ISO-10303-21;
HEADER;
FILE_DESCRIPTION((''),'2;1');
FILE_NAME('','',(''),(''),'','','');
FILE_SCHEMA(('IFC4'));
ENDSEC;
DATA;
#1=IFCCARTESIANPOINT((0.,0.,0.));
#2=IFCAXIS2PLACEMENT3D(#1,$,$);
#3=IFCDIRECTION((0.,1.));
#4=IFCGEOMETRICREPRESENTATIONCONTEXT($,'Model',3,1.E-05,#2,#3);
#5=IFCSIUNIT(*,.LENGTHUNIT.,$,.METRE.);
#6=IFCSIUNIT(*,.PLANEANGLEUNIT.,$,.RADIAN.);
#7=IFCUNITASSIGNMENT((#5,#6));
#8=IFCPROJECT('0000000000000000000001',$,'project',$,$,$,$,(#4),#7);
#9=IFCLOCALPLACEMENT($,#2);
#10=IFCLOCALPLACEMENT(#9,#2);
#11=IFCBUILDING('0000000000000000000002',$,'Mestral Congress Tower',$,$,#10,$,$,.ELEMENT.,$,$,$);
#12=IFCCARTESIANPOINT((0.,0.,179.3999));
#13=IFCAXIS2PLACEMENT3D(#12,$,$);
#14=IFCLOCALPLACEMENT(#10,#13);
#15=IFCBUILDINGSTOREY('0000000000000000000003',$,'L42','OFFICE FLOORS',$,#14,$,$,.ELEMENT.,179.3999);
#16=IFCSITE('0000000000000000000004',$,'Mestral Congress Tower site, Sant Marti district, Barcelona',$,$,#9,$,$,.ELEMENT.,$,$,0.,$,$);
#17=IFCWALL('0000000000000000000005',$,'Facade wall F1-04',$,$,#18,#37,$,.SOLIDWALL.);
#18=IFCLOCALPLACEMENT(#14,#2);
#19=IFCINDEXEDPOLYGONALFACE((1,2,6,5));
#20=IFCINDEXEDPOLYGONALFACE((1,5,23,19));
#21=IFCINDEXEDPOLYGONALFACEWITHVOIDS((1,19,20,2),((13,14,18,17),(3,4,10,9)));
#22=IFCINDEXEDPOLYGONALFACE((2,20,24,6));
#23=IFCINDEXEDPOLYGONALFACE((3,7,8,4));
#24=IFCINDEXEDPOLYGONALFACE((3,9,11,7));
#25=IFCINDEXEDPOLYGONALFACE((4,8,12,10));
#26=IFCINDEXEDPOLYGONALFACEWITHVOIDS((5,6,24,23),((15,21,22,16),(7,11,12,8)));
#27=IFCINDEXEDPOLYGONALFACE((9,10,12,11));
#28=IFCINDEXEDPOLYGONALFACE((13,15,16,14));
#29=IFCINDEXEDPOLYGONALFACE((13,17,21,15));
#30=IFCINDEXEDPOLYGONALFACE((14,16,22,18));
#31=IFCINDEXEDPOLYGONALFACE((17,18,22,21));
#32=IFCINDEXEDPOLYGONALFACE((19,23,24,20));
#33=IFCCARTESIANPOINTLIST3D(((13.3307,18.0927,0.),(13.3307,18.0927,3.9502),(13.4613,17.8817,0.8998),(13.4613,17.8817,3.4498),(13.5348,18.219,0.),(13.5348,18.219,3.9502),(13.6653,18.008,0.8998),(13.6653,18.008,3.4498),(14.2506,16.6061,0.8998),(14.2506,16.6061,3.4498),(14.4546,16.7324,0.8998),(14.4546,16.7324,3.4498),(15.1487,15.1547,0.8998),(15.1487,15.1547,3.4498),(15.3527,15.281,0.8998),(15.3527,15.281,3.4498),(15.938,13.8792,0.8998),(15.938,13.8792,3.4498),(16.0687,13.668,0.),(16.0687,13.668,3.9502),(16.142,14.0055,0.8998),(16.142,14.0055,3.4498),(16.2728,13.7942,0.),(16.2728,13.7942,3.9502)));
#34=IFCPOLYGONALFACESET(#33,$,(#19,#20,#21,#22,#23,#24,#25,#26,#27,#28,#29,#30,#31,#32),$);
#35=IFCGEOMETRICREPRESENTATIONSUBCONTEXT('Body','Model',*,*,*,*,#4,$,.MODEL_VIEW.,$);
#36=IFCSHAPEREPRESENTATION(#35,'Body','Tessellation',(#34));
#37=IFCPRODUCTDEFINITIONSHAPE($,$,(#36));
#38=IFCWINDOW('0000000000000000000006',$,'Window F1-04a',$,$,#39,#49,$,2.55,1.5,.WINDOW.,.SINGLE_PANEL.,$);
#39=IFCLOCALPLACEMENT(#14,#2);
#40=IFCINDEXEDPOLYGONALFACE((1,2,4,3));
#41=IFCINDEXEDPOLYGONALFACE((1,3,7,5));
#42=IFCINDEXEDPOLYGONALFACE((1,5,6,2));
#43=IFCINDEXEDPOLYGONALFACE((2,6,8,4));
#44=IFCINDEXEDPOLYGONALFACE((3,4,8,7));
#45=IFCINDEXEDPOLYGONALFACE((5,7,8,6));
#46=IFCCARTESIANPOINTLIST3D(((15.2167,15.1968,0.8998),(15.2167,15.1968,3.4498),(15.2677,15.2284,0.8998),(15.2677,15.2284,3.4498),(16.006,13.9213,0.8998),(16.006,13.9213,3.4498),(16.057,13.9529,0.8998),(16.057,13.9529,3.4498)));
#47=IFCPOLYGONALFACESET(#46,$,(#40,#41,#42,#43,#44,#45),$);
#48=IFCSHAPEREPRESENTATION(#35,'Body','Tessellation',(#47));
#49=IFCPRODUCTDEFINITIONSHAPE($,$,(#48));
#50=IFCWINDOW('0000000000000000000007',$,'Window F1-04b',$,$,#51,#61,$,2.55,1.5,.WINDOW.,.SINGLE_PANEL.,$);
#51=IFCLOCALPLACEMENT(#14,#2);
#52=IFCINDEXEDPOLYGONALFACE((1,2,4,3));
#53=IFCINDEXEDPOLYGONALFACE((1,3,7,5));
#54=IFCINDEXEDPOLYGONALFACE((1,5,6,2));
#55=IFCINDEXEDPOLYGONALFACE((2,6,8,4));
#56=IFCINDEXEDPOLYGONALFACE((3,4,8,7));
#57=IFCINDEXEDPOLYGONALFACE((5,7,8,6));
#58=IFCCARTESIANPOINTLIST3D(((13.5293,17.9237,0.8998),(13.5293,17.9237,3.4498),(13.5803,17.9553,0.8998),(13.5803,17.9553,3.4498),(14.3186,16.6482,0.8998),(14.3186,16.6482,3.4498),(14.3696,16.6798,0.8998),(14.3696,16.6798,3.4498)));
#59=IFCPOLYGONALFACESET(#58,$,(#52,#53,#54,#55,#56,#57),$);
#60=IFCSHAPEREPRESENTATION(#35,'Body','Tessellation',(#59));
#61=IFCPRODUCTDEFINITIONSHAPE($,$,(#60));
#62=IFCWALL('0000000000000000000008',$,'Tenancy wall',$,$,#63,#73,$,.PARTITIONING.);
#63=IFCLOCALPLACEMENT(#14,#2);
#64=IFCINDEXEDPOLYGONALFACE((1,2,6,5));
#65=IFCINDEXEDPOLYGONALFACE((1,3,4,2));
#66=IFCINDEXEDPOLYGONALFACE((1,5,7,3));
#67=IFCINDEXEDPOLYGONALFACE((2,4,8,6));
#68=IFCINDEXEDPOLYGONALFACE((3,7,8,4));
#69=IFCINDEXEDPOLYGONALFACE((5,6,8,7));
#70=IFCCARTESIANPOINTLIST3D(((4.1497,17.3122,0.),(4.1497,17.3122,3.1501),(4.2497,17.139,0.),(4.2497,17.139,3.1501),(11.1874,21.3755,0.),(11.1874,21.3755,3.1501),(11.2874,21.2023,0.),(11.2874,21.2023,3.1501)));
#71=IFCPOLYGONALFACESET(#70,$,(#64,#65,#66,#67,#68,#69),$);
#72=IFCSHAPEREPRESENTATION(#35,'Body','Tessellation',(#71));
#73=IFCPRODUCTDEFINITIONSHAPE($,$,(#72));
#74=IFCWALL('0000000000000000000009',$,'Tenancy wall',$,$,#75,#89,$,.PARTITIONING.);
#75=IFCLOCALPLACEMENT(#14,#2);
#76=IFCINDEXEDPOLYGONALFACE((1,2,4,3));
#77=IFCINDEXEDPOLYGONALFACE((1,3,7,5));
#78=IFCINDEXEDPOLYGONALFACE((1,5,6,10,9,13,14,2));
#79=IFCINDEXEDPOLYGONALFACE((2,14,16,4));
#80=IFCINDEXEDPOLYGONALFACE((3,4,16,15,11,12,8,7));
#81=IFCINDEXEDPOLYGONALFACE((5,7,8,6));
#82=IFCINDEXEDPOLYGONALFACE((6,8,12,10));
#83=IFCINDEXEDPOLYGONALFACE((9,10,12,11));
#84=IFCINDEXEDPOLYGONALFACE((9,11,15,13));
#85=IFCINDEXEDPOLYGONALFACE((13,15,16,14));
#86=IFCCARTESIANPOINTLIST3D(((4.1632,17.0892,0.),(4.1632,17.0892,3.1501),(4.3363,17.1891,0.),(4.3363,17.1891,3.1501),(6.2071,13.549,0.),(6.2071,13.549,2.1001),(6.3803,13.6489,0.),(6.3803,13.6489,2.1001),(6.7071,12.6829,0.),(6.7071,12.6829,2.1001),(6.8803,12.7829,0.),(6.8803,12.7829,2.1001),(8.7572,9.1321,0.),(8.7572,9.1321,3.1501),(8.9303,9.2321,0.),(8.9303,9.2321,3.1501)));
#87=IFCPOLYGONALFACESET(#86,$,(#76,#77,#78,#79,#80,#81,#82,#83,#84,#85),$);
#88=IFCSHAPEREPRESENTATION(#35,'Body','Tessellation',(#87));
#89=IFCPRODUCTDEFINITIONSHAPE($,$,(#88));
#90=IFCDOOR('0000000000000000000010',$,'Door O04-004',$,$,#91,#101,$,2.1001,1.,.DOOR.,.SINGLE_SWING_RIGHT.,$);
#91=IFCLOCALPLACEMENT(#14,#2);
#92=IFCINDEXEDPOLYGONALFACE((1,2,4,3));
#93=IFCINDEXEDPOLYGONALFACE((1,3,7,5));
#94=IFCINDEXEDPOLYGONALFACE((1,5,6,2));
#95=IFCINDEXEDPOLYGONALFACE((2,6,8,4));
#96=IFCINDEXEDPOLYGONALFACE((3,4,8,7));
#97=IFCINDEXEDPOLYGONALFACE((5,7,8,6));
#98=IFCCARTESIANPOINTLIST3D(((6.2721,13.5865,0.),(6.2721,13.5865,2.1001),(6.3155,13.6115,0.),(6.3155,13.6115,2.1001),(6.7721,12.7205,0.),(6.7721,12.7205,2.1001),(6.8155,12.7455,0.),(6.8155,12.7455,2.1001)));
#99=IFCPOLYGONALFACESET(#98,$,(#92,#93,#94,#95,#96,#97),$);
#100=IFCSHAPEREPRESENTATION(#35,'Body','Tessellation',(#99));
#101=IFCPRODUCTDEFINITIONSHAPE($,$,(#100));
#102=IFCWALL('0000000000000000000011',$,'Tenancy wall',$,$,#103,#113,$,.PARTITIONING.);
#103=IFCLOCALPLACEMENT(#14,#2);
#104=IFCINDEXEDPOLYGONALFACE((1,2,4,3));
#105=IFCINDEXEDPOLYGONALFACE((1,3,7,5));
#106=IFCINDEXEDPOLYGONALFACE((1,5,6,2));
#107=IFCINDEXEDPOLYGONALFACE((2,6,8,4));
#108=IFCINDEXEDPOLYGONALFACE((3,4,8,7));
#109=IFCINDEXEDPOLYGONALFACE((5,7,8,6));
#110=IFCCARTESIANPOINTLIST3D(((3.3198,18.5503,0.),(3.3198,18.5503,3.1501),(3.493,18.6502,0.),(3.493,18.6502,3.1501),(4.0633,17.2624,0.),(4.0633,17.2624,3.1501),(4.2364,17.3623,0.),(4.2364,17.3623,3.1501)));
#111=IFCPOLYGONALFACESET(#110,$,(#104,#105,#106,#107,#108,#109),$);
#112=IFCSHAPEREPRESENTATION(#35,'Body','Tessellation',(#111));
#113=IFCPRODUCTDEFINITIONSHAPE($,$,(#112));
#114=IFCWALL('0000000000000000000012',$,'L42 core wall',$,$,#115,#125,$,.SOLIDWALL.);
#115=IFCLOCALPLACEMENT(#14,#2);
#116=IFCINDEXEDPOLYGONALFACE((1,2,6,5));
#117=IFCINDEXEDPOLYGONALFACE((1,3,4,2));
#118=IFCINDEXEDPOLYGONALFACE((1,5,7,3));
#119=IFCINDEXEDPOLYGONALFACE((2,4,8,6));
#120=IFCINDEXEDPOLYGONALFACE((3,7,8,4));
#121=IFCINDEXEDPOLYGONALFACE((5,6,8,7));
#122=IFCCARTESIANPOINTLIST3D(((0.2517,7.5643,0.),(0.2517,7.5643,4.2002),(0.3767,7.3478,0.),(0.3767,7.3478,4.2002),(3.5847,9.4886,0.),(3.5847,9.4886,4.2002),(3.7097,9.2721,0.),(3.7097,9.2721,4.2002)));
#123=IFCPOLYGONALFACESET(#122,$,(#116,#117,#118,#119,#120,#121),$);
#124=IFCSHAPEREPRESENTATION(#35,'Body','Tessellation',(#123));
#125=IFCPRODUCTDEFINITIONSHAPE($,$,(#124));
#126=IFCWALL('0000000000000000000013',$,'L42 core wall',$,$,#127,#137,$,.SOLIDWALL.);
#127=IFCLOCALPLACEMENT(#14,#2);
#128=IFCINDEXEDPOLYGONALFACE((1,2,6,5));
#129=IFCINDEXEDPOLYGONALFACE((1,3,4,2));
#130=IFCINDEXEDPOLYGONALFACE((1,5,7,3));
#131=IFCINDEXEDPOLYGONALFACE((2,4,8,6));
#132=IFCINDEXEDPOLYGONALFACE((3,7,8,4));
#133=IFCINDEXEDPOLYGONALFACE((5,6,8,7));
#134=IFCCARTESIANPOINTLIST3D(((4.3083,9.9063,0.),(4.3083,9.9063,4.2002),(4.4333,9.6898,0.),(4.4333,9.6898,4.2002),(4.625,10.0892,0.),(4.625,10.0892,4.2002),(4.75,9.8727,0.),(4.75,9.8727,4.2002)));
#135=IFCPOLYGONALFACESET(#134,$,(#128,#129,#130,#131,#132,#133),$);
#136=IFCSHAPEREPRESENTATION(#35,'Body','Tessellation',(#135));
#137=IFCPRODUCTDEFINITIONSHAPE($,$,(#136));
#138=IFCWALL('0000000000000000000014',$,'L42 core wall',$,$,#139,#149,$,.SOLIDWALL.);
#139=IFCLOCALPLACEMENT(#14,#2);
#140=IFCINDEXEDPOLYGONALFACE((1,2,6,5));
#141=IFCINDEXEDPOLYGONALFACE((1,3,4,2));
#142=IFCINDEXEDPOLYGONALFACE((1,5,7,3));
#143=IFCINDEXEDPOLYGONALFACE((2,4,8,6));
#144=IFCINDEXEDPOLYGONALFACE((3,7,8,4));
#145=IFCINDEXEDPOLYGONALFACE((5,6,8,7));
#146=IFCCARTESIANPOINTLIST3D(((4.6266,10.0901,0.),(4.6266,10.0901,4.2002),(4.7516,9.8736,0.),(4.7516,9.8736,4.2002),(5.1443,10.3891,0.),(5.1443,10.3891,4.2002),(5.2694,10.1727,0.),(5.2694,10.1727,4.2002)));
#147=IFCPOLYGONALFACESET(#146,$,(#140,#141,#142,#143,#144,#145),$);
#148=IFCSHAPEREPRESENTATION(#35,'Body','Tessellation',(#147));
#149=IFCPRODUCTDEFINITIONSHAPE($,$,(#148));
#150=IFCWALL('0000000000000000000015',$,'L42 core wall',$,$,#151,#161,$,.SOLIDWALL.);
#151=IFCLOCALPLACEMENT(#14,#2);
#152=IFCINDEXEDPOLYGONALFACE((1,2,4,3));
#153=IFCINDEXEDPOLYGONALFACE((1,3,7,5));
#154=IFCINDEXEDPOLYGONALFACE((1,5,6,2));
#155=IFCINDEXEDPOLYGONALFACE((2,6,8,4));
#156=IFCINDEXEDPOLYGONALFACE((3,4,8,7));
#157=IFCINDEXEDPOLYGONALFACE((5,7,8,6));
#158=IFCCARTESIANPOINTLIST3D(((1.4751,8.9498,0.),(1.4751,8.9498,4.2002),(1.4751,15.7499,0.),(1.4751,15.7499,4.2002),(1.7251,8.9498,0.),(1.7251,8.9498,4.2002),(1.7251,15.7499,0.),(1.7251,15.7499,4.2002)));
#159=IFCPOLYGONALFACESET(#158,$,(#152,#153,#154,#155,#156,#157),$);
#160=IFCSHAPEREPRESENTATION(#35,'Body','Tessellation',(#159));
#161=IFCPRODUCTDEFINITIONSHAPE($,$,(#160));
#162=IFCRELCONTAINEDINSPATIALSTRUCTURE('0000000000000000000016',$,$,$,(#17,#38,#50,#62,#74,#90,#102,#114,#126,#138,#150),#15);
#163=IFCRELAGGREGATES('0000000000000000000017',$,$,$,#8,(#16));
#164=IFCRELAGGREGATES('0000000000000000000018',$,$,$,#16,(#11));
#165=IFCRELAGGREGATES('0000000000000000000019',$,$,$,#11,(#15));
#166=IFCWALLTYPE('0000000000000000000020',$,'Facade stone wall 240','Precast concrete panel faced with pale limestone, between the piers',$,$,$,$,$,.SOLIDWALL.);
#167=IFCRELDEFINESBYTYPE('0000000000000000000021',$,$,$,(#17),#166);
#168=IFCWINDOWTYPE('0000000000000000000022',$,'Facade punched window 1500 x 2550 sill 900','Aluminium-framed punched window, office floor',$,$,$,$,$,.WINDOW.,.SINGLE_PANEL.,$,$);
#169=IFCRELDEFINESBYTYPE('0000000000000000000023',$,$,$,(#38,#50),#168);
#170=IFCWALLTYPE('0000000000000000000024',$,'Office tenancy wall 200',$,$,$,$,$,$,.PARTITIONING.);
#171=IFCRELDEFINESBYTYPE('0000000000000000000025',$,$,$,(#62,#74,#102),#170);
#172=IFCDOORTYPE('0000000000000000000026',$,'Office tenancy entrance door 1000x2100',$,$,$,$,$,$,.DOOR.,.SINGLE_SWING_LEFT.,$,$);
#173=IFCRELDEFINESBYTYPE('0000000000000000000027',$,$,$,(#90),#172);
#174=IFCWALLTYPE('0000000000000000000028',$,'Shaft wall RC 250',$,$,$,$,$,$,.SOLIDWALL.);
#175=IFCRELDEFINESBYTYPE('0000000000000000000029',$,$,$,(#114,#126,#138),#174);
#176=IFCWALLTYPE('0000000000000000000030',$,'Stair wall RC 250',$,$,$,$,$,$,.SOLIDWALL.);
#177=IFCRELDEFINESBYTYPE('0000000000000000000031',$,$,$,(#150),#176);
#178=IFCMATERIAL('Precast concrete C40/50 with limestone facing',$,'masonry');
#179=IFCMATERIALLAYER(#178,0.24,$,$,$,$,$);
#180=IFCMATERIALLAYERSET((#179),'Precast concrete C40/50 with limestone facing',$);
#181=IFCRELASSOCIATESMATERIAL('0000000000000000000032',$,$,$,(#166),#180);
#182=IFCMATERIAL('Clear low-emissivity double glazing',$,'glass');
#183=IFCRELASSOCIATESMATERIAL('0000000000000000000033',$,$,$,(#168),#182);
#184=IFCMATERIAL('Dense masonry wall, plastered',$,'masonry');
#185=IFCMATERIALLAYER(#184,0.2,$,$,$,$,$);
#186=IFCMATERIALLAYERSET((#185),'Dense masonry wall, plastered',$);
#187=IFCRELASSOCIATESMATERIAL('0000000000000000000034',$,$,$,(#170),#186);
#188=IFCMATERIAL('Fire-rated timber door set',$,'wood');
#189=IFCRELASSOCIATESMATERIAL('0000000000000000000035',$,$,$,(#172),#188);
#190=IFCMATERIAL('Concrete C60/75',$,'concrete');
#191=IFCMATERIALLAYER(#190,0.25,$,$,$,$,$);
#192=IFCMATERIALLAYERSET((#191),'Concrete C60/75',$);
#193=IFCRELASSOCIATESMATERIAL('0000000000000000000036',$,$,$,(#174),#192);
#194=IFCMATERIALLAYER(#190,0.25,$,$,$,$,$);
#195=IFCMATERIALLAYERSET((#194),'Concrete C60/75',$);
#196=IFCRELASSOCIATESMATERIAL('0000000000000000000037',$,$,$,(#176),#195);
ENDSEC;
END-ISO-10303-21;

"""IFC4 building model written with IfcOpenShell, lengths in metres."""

from ifc_helpers import new_model, si_unit, direction, frame, frame_2d, origin, place, context, subcontext, project, spatial, rectangle, extrude, material, layer, layer_set, type_object, element, fill, save


model = new_model("IFC4")

# Units and contexts
model_context = context("Model", 3, precision=1e-05, world=origin(), true_north=direction((0.0, 1.0)))
body_context = subcontext(model_context, "Body", "Model", "MODEL_VIEW")
ifc_project = project(units=[si_unit("LENGTHUNIT", "METRE"), si_unit("PLANEANGLEUNIT", "RADIAN")], contexts=[model_context])

# Site, building, storey
site_placement = place(None, origin())
site = spatial("IfcSite", under=ifc_project, at=site_placement, Name="Mestral Congress Tower site, Sant Marti district, Barcelona", CompositionType="ELEMENT", RefElevation=0.0)
building_placement = place(site_placement, origin())
building = spatial("IfcBuilding", under=site, at=building_placement, Name="Mestral Congress Tower", CompositionType="ELEMENT")
storey_placement = place(building_placement, frame((0.0, 0.0, 179.3999)))
storey = spatial("IfcBuildingStorey", under=building, at=storey_placement, Name="L42", Description="OFFICE FLOORS", CompositionType="ELEMENT", Elevation=179.3999)

# Shared definitions
ifc_material_1 = material(Name="Concrete C60/75", Category="concrete")

# Wall, openings, windows
ifc_material_2 = material(Name="Precast concrete C40/50 with limestone facing", Category="masonry")
ifc_layer_1 = layer(ifc_material_2, 0.24)
ifc_layer_set_1 = layer_set([ifc_layer_1], Name="Precast concrete C40/50 with limestone facing")
wall_type_1 = type_object("IfcWallType", Name="Facade stone wall 240", Description="Precast concrete panel faced with pale limestone, between the piers", PredefinedType="SOLIDWALL", material=ifc_layer_set_1)
wall_1_placement = place(storey_placement, frame((16.1707, 13.7312, 0.0), z_axis=(0.0, 0.0, 1.0), x_axis=(-0.526198, 0.850362, 0.0)))
wall_1 = element("IfcWall", 1, at=wall_1_placement, inside=storey, type_object=wall_type_1, Name="Facade wall F1-04", PredefinedType="SOLIDWALL", context=body_context, shape_type="SweptSolid", body=[
    extrude(rectangle(XDim=5.2034, YDim=0.24, at=frame_2d((2.6016, 0.0))), origin(), (0.0, 0.0, 1.0), 3.9502),
])
opening_1_placement = place(wall_1_placement, frame((0.2483, 0.0, 0.8999)))
opening_1 = element("IfcOpeningElement", 2, at=opening_1_placement, cuts=wall_1, PredefinedType="OPENING", context=body_context, shape_type="SweptSolid", body=[
    extrude(rectangle(XDim=1.5, YDim=2.55, at=frame_2d((0.75, 1.2749))), frame((0.0, 0.1299, 0.0), z_axis=(0.0, -1.0, 0.0), x_axis=(1.0, 0.0, 0.0)), (0.0, 0.0, 1.0), 0.26),
])
opening_2_placement = place(wall_1_placement, frame((3.4551, 0.0, 0.8999)))
opening_2 = element("IfcOpeningElement", 3, at=opening_2_placement, cuts=wall_1, PredefinedType="OPENING", context=body_context, shape_type="SweptSolid", body=[
    extrude(rectangle(XDim=1.5, YDim=2.55, at=frame_2d((0.75, 1.2749))), frame((0.0, 0.1299, 0.0), z_axis=(0.0, -1.0, 0.0), x_axis=(1.0, 0.0, 0.0)), (0.0, 0.0, 1.0), 0.26),
])
ifc_material_3 = material(Name="Clear low-emissivity double glazing", Category="glass")
window_type = type_object("IfcWindowType", Name="Facade punched window 1500 x 2550 sill 900", Description="Aluminium-framed punched window, office floor", PartitioningType="SINGLE_PANEL", PredefinedType="WINDOW", material=ifc_material_3)
window_1_placement = place(opening_1_placement, origin())
window_1 = element("IfcWindow", 4, at=window_1_placement, inside=storey, type_object=window_type, Name="Window F1-04a", OverallHeight=2.55, OverallWidth=1.5, PartitioningType="SINGLE_PANEL", PredefinedType="WINDOW", context=body_context, shape_type="SweptSolid", body=[
    extrude(rectangle(XDim=1.5, YDim=2.55, at=frame_2d((0.75, 1.2749))), frame((0.0, 0.04, 0.0), z_axis=(0.0, -1.0, 0.0), x_axis=(1.0, 0.0, 0.0)), (0.0, 0.0, 1.0), 0.0601),
])
fill(opening_1, window_1)
window_2_placement = place(opening_2_placement, origin())
window_2 = element("IfcWindow", 5, at=window_2_placement, inside=storey, type_object=window_type, Name="Window F1-04b", OverallHeight=2.55, OverallWidth=1.5, PartitioningType="SINGLE_PANEL", PredefinedType="WINDOW", context=body_context, shape_type="SweptSolid", body=[
    extrude(rectangle(XDim=1.5, YDim=2.55, at=frame_2d((0.75, 1.2749))), frame((0.0, 0.04, 0.0), z_axis=(0.0, -1.0, 0.0), x_axis=(1.0, 0.0, 0.0)), (0.0, 0.0, 1.0), 0.0601),
])
fill(opening_2, window_2)

# Wall
ifc_material_4 = material(Name="Dense masonry wall, plastered", Category="masonry")
ifc_layer_2 = layer(ifc_material_4, 0.2)
ifc_layer_set_2 = layer_set([ifc_layer_2], Name="Dense masonry wall, plastered")
wall_type_2 = type_object("IfcWallType", Name="Office tenancy wall 200", PredefinedType="PARTITIONING", material=ifc_layer_set_2)
wall_2_placement = place(storey_placement, frame((4.1997, 17.2256, 0.0), z_axis=(0.0, 0.0, 1.0), x_axis=(0.866021, 0.500007, 0.0)))
element("IfcWall", 6, at=wall_2_placement, inside=storey, type_object=wall_type_2, Name="Tenancy wall", PredefinedType="PARTITIONING", context=body_context, shape_type="SweptSolid", body=[
    extrude(rectangle(XDim=8.1265, YDim=0.2, at=frame_2d((4.0632, 0.0))), origin(), (0.0, 0.0, 1.0), 3.1501),
])

# Wall, opening, door
wall_3_placement = place(storey_placement, frame((8.8438, 9.1821, 0.0), z_axis=(0.0, 0.0, 1.0), x_axis=(-0.5, 0.866025, 0.0)))
wall_3 = element("IfcWall", 7, at=wall_3_placement, inside=storey, type_object=wall_type_2, Name="Tenancy wall", PredefinedType="PARTITIONING", context=body_context, shape_type="SweptSolid", body=[
    extrude(rectangle(XDim=9.188, YDim=0.2, at=frame_2d((4.594, 0.0))), origin(), (0.0, 0.0, 1.0), 3.1501),
])
opening_3_placement = place(wall_3_placement, frame((4.1001, 0.0, 0.0)))
opening_3 = element("IfcOpeningElement", 8, at=opening_3_placement, cuts=wall_3, PredefinedType="OPENING", context=body_context, shape_type="SweptSolid", body=[
    extrude(rectangle(XDim=1.0, YDim=2.1001, at=frame_2d((0.5, 1.05))), frame((0.0, 0.1099, 0.0), z_axis=(0.0, -1.0, 0.0), x_axis=(1.0, 0.0, 0.0)), (0.0, 0.0, 1.0), 0.22),
])
ifc_material_5 = material(Name="Fire-rated timber door set", Category="wood")
door_type_1 = type_object("IfcDoorType", Name="Office tenancy entrance door 1000x2100", OperationType="SINGLE_SWING_LEFT", PredefinedType="DOOR", material=ifc_material_5)
door_1_placement = place(opening_3_placement, origin())
door_1 = element("IfcDoor", 9, at=door_1_placement, inside=storey, type_object=door_type_1, Name="Door O04-004", OperationType="SINGLE_SWING_RIGHT", OverallHeight=2.1001, OverallWidth=1.0, PredefinedType="DOOR", context=body_context, shape_type="SweptSolid", body=[
    extrude(rectangle(XDim=1.0, YDim=2.1001, at=frame_2d((0.5, 1.05))), frame((0.0, 0.0249, 0.0), z_axis=(0.0, -1.0, 0.0), x_axis=(1.0, 0.0, 0.0)), (0.0, 0.0, 1.0), 0.05),
])
fill(opening_3, door_1)

# Walls
wall_4_placement = place(storey_placement, frame((4.1499, 17.3123, 0.0), z_axis=(0.0, 0.0, 1.0), x_axis=(-0.499936, 0.866063, 0.0)))
element("IfcWall", 10, at=wall_4_placement, inside=storey, type_object=wall_type_2, Name="Tenancy wall", PredefinedType="PARTITIONING", context=body_context, shape_type="SweptSolid", body=[
    extrude(rectangle(XDim=1.4871, YDim=0.2, at=frame_2d((0.7437, 0.0))), origin(), (0.0, 0.0, 1.0), 3.1501),
])
ifc_layer_3 = layer(ifc_material_1, 0.25)
ifc_layer_set_3 = layer_set([ifc_layer_3], Name="Concrete C60/75")
wall_type_3 = type_object("IfcWallType", Name="Shaft wall RC 250", PredefinedType="SOLIDWALL", material=ifc_layer_set_3)
wall_5_placement = place(storey_placement, frame((3.6472, 9.3804, 0.0), z_axis=(0.0, 0.0, 1.0), x_axis=(-0.866025, -0.500001, 0.0)))
element("IfcWall", 11, at=wall_5_placement, inside=storey, type_object=wall_type_3, Name="L42 core wall", PredefinedType="SOLIDWALL", context=body_context, shape_type="SweptSolid", body=[
    extrude(rectangle(XDim=3.8486, YDim=0.25, at=frame_2d((1.9243, 0.0))), origin(), (0.0, 0.0, 1.0), 4.2002),
])
wall_6_placement = place(storey_placement, frame((4.6875, 9.981, 0.0), z_axis=(0.0, 0.0, 1.0), x_axis=(-0.865974, -0.500088, 0.0)))
element("IfcWall", 12, at=wall_6_placement, inside=storey, type_object=wall_type_3, Name="L42 core wall", PredefinedType="SOLIDWALL", context=body_context, shape_type="SweptSolid", body=[
    extrude(rectangle(XDim=0.3657, YDim=0.25, at=frame_2d((0.1829, 0.0))), origin(), (0.0, 0.0, 1.0), 4.2002),
])
wall_7_placement = place(storey_placement, frame((4.6892, 9.9819, 0.0), z_axis=(0.0, 0.0, 1.0), x_axis=(0.865948, 0.500135, 0.0)))
element("IfcWall", 13, at=wall_7_placement, inside=storey, type_object=wall_type_3, Name="L42 core wall", PredefinedType="SOLIDWALL", context=body_context, shape_type="SweptSolid", body=[
    extrude(rectangle(XDim=0.5979, YDim=0.25, at=frame_2d((0.2988, 0.0))), origin(), (0.0, 0.0, 1.0), 4.2002),
])
ifc_layer_4 = layer(ifc_material_1, 0.25)
ifc_layer_set_4 = layer_set([ifc_layer_4], Name="Concrete C60/75")
wall_type_4 = type_object("IfcWallType", Name="Stair wall RC 250", PredefinedType="SOLIDWALL", material=ifc_layer_set_4)
wall_8_placement = place(storey_placement, frame((1.6001, 8.95, 0.0), z_axis=(0.0, 0.0, 1.0), x_axis=(0.0, 1.0, 0.0)))
element("IfcWall", 14, at=wall_8_placement, inside=storey, type_object=wall_type_4, Name="L42 core wall", PredefinedType="SOLIDWALL", context=body_context, shape_type="SweptSolid", body=[
    extrude(rectangle(XDim=6.8, YDim=0.25, at=frame_2d((3.3999, 0.0))), origin(), (0.0, 0.0, 1.0), 4.2002),
])

save(model, "model.ifc")
